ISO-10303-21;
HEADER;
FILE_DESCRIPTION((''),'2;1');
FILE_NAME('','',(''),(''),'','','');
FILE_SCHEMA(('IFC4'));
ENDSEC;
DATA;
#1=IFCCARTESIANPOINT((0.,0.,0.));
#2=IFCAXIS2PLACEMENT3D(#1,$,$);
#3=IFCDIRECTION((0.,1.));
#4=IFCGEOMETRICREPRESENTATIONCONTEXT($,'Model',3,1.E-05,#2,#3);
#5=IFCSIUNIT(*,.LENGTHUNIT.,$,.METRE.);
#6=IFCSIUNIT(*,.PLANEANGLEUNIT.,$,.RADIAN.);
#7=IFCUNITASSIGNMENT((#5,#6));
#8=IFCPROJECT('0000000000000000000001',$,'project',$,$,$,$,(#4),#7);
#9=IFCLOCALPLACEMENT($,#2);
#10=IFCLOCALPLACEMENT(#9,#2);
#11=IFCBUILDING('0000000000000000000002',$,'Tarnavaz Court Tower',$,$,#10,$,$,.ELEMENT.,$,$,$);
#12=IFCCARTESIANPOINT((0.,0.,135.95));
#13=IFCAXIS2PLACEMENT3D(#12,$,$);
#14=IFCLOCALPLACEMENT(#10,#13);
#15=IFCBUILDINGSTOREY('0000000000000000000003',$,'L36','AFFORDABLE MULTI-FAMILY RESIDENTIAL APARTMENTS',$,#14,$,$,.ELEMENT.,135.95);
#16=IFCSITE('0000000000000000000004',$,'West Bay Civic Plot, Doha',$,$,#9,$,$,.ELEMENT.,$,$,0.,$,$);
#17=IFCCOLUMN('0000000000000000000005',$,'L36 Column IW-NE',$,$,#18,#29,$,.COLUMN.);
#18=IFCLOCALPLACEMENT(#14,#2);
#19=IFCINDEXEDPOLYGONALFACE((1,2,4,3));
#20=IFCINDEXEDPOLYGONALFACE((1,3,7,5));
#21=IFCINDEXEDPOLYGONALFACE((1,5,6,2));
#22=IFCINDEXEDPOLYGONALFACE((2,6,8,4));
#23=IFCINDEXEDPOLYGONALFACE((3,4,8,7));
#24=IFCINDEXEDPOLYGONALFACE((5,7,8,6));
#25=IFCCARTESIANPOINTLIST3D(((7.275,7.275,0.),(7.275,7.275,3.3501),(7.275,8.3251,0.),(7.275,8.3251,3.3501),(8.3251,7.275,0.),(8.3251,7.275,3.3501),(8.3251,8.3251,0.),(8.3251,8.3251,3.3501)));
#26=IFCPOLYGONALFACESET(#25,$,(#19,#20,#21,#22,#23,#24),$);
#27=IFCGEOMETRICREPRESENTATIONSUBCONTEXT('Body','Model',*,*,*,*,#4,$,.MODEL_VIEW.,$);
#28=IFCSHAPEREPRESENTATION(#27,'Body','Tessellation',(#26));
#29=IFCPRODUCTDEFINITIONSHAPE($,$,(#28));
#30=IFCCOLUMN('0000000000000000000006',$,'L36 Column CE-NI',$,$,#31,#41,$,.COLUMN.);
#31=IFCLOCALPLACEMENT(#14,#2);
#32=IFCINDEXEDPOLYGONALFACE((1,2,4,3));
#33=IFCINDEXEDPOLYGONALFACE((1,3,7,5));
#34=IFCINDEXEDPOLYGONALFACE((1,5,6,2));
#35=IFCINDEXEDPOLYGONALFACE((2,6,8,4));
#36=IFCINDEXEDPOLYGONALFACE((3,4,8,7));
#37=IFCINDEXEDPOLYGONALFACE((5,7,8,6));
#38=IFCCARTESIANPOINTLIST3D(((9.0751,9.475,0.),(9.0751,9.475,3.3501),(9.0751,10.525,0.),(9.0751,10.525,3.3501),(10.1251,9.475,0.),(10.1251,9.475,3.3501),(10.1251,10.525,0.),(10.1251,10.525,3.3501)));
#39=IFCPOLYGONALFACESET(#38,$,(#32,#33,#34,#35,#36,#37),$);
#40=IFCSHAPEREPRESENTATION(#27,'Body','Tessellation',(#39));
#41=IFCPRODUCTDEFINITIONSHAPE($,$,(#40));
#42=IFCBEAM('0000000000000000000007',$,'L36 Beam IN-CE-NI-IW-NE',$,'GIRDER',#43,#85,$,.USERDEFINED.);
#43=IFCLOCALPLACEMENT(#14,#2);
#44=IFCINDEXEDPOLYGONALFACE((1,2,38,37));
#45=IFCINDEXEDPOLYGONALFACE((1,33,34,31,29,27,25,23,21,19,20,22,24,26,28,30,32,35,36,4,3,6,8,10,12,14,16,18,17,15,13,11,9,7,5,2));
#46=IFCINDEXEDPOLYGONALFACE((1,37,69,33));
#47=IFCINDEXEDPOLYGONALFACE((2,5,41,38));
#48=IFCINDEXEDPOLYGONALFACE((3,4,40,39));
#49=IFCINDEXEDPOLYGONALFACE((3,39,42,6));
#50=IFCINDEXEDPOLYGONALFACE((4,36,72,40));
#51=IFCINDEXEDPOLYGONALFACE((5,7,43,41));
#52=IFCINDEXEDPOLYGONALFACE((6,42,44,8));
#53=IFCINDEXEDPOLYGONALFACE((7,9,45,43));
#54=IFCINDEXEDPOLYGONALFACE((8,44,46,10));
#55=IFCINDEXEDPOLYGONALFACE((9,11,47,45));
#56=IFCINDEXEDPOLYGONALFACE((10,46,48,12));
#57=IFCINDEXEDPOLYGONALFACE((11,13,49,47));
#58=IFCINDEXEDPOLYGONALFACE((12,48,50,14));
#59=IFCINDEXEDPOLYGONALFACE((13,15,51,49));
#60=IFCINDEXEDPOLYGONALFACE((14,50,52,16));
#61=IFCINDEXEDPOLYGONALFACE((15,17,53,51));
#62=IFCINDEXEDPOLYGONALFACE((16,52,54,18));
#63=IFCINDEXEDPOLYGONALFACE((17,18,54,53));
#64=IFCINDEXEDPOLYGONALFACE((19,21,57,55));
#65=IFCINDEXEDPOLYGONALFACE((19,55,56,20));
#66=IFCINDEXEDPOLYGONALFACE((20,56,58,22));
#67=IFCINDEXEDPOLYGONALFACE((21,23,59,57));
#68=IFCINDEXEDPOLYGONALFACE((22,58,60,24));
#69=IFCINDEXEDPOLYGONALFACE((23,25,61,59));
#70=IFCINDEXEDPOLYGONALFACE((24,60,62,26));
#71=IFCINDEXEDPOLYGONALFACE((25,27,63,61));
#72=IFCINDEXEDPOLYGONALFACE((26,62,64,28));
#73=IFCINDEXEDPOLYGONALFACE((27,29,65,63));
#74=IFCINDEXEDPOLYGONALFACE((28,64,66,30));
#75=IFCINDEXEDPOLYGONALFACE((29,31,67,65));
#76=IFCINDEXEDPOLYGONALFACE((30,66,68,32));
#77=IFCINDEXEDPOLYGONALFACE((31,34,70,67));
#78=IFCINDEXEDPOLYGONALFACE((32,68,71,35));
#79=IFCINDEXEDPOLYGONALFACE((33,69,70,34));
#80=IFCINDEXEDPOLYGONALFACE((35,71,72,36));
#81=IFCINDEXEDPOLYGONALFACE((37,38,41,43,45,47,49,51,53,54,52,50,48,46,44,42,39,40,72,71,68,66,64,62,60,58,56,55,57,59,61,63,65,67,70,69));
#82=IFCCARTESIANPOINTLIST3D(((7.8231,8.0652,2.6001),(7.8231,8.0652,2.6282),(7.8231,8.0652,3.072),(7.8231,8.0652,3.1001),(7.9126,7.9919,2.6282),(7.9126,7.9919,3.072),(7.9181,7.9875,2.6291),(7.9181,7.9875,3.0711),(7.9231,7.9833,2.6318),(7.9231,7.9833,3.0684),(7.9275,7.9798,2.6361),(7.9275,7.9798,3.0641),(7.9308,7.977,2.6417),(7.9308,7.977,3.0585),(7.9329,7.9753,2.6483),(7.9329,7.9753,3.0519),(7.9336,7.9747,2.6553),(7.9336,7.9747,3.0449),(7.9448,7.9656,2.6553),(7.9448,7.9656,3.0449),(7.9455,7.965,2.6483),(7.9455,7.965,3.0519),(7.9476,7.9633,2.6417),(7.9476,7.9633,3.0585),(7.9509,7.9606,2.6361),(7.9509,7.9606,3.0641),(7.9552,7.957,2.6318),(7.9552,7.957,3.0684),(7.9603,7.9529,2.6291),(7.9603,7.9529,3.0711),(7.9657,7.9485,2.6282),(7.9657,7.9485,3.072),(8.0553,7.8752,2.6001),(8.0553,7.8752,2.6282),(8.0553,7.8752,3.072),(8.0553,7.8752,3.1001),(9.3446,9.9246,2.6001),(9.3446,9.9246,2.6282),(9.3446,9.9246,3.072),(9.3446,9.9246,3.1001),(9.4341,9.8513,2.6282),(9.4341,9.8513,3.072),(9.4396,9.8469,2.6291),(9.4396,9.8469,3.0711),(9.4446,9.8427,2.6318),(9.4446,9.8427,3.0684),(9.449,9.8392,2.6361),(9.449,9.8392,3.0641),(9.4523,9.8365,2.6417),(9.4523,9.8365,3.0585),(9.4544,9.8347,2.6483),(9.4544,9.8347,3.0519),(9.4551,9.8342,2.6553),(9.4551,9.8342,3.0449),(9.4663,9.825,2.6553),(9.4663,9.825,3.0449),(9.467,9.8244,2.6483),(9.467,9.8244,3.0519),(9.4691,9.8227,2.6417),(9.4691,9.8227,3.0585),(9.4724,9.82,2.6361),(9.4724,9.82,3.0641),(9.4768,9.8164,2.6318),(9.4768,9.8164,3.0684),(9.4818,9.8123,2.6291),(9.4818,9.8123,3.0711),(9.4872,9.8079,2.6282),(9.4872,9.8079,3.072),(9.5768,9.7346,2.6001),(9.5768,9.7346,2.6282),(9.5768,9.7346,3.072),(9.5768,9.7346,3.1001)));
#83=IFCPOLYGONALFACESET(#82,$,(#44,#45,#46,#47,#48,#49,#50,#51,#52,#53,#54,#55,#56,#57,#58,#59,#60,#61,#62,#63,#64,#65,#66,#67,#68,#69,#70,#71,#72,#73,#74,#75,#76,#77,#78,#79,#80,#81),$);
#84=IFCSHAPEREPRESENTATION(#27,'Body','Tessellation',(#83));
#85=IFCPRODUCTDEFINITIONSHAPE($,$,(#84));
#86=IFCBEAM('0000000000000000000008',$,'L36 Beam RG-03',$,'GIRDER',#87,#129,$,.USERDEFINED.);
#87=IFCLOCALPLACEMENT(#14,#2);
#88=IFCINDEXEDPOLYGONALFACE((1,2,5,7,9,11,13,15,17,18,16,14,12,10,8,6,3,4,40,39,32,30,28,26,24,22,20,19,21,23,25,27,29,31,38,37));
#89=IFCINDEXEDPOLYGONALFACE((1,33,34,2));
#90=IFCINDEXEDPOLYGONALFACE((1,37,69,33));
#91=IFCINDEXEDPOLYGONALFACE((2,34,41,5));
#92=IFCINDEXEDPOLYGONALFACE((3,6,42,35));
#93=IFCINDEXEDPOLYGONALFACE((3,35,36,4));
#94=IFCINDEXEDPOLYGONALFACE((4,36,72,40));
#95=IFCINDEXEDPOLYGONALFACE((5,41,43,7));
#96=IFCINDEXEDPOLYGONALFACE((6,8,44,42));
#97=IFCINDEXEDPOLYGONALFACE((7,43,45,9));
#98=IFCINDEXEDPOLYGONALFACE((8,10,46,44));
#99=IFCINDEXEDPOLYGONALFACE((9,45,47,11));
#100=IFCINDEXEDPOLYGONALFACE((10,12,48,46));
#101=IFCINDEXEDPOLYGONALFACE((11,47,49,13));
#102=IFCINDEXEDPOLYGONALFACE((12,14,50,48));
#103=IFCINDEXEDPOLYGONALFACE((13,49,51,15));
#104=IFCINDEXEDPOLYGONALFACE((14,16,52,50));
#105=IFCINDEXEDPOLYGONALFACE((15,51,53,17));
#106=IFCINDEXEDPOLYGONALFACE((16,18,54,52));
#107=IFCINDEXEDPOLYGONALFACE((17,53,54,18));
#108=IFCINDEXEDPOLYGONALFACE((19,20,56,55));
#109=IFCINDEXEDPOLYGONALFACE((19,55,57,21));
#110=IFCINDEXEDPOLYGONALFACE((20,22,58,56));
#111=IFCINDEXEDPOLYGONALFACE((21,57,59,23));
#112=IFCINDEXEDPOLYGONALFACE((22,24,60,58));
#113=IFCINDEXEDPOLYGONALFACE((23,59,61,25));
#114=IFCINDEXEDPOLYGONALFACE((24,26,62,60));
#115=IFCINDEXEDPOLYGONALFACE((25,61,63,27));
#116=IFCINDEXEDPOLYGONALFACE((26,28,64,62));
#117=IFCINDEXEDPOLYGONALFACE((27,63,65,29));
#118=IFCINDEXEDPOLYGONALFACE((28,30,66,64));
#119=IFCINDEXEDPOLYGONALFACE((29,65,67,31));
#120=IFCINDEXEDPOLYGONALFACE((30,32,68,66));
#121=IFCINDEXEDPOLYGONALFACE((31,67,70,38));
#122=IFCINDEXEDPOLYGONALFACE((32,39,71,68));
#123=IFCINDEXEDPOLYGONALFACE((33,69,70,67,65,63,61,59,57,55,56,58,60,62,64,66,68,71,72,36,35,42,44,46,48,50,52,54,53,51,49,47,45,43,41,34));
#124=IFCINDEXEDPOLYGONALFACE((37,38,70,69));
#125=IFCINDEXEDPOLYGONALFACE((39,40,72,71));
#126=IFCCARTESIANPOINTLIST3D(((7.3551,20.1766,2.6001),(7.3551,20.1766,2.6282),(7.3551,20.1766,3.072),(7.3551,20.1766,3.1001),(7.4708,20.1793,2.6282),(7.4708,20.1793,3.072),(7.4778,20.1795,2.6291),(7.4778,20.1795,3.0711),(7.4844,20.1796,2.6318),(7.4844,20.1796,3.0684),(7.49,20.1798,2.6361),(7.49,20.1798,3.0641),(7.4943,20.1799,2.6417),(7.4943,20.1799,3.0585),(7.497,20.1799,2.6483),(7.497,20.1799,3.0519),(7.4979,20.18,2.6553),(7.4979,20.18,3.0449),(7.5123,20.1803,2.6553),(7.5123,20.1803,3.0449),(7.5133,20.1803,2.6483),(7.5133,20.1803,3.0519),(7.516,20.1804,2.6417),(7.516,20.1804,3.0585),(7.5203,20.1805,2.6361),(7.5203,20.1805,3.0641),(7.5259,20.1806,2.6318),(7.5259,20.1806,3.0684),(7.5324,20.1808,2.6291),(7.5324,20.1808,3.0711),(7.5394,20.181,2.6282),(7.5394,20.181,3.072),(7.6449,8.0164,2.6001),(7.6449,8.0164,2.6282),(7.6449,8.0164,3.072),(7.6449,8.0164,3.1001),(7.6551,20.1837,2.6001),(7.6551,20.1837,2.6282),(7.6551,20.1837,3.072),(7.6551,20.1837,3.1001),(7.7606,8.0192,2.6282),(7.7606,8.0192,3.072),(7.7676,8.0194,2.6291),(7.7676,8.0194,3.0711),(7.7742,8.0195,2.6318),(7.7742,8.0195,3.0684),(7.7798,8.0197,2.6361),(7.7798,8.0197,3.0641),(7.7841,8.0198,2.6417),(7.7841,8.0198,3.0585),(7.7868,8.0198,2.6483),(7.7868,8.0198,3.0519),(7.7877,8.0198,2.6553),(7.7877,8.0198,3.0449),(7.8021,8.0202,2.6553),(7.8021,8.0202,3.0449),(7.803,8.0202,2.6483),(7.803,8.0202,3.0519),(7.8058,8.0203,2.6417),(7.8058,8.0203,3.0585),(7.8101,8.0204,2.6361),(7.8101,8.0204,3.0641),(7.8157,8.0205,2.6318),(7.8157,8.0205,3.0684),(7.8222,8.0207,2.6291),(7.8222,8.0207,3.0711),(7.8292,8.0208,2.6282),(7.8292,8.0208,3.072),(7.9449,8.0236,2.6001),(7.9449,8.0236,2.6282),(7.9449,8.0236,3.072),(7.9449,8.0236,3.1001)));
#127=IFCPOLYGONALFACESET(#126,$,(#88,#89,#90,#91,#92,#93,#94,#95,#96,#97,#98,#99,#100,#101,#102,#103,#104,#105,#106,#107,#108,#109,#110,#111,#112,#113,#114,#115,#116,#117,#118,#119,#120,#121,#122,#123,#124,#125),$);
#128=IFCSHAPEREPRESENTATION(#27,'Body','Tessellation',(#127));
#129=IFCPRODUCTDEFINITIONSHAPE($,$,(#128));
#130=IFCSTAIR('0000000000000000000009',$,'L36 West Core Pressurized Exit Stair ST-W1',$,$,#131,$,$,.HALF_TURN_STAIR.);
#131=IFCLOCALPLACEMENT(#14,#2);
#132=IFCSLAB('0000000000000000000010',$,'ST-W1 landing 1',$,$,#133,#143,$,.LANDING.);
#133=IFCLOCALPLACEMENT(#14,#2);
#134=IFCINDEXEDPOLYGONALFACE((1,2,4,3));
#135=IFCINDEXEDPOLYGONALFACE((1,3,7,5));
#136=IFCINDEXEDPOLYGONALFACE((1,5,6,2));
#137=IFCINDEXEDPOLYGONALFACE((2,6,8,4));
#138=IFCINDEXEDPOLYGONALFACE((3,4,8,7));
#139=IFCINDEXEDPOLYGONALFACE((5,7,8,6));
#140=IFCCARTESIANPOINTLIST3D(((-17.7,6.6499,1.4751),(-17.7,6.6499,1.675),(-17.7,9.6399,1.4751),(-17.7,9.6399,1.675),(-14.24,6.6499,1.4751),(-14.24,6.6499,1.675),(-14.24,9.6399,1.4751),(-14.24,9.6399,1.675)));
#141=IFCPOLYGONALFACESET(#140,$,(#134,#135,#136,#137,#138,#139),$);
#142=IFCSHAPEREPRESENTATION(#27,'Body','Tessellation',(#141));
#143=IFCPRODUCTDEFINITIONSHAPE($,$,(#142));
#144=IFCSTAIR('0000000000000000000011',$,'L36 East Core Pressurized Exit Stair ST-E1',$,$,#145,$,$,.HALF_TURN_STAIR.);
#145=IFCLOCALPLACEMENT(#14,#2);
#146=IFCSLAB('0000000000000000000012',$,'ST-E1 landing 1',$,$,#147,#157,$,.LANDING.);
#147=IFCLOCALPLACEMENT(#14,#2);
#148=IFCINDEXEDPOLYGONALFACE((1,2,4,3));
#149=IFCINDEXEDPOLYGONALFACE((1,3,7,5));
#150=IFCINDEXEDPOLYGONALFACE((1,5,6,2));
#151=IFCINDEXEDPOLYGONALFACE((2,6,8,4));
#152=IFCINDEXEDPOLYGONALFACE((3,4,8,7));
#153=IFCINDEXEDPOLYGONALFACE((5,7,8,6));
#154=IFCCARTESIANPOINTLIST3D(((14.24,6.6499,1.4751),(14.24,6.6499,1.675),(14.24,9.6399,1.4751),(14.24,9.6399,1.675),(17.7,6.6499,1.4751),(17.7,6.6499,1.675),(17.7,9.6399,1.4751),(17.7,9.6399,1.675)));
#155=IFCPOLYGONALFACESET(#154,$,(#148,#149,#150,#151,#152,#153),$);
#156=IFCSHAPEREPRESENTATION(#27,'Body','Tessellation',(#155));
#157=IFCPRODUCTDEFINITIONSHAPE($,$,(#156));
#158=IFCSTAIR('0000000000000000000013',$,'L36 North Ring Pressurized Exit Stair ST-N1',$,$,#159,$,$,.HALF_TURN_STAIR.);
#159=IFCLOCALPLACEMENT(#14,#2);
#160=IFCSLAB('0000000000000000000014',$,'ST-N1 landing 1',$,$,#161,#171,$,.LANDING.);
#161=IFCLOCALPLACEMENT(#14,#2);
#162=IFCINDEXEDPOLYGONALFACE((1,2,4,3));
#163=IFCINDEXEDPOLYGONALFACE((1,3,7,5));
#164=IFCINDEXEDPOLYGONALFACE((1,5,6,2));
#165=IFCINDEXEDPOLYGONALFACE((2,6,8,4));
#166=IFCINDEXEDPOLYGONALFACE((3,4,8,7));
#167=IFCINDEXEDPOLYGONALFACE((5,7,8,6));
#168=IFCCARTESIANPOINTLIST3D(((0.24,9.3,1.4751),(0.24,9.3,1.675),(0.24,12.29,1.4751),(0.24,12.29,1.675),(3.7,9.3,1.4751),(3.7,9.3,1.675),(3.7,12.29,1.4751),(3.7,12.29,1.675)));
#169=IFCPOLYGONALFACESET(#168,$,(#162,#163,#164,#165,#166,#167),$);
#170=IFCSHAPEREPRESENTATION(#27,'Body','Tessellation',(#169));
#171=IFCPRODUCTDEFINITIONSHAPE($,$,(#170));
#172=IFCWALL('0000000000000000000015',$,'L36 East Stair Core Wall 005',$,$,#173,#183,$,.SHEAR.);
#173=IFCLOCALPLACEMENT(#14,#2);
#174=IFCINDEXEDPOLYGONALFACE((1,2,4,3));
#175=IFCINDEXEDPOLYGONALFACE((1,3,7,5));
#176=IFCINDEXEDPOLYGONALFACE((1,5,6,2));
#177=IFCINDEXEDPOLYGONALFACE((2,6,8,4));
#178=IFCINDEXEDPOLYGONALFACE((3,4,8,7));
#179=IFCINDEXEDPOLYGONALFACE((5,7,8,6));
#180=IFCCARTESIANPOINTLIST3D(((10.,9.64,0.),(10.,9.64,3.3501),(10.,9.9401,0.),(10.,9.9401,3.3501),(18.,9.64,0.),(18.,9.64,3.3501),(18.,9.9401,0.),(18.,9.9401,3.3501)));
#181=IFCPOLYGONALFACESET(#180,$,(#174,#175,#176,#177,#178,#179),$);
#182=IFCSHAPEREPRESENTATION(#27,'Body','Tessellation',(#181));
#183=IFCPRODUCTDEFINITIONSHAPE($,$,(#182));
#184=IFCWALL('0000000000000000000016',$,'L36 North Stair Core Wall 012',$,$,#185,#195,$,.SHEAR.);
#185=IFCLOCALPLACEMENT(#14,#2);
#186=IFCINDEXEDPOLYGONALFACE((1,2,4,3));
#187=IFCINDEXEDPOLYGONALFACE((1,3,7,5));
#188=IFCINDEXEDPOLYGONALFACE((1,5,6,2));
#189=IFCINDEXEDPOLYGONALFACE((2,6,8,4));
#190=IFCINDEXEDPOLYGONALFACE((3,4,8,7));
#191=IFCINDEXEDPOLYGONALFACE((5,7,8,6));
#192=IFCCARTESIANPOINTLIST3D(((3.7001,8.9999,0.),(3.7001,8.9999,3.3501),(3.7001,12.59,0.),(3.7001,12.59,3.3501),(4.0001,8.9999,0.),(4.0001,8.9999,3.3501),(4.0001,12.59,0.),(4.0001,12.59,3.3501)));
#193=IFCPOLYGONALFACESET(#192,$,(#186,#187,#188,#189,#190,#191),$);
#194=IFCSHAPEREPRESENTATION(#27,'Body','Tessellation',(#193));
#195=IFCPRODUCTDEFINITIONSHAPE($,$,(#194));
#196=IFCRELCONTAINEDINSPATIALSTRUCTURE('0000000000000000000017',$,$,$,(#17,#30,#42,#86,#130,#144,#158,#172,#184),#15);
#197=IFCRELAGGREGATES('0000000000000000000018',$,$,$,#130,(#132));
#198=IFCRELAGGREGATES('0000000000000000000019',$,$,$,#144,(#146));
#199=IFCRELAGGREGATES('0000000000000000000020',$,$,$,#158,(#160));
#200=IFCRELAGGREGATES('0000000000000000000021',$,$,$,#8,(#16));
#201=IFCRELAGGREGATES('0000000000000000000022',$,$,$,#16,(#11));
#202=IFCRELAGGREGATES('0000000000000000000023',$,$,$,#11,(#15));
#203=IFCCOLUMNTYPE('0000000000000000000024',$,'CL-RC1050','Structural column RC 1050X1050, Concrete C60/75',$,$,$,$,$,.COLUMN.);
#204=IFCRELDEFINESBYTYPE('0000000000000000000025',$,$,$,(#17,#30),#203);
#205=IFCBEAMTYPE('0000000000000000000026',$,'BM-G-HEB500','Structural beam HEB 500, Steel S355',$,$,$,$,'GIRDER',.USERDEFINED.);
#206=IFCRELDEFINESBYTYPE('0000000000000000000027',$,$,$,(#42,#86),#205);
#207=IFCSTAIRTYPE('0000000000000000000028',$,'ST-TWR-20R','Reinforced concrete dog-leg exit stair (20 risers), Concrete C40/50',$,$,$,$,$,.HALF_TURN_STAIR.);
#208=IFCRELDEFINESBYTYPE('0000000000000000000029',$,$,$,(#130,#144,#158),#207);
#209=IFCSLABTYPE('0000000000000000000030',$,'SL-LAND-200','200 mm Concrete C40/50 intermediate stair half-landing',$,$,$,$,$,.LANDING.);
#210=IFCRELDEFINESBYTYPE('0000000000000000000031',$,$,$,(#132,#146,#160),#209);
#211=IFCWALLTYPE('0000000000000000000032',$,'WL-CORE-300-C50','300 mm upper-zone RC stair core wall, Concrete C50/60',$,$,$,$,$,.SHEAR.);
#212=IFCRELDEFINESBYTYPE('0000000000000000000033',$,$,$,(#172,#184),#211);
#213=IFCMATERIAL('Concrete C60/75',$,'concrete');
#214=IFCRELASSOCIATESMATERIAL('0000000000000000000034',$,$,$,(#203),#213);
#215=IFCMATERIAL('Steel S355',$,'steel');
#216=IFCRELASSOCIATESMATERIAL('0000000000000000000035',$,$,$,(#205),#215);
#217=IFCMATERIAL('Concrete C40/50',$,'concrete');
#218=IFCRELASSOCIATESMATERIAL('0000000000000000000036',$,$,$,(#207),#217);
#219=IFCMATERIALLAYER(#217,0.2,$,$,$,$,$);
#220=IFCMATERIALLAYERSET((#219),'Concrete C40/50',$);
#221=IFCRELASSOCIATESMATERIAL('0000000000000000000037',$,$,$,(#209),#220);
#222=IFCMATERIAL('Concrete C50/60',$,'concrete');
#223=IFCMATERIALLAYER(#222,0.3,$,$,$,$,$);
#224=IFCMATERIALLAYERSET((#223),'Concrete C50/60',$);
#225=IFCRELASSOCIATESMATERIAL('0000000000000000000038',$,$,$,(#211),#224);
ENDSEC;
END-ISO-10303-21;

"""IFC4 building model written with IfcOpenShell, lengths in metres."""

from ifc_helpers import new_model, si_unit, direction, frame, frame_2d, origin, origin_2d, place, context, subcontext, project, spatial, polyline, rectangle, i_section, outline, extrude, material, layer, layer_set, material_profile, profile_set, type_object, element, aggregate, save


model = new_model("IFC4")

# Units and contexts
model_context = context("Model", 3, precision=1e-05, world=origin(), true_north=direction((0.0, 1.0)))
body_context = subcontext(model_context, "Body", "Model", "MODEL_VIEW")
ifc_project = project(units=[si_unit("LENGTHUNIT", "METRE"), si_unit("PLANEANGLEUNIT", "RADIAN")], contexts=[model_context])

# Site, building, storey
site_placement = place(None, origin())
site = spatial("IfcSite", under=ifc_project, at=site_placement, Name="West Bay Civic Plot, Doha", CompositionType="ELEMENT", RefElevation=0.0)
building_placement = place(site_placement, origin())
building = spatial("IfcBuilding", under=site, at=building_placement, Name="Tarnavaz Court Tower", CompositionType="ELEMENT")
storey_placement = place(building_placement, frame((0.0, 0.0, 135.95)))
storey = spatial("IfcBuildingStorey", under=building, at=storey_placement, Name="L36", Description="AFFORDABLE MULTI-FAMILY RESIDENTIAL APARTMENTS", CompositionType="ELEMENT", Elevation=135.95)

# Columns
ifc_material_1 = material(Name="Concrete C60/75", Category="concrete")
ifc_material_profile_1 = material_profile(ifc_material_1, rectangle(XDim=1.05, YDim=1.05, at=origin_2d()), Name="RC 1050X1050")
ifc_profile_set_1 = profile_set([ifc_material_profile_1], Name="Concrete C60/75")
column_type = type_object("IfcColumnType", Name="CL-RC1050", Description="Structural column RC 1050X1050, Concrete C60/75", PredefinedType="COLUMN", material=ifc_profile_set_1)
for number, where, z_axis, x_axis, name in (
    (1, (7.8, 7.8, 0.0), (0.0, 0.0, 1.0), (1.0, 0.0, 0.0), "L36 Column IW-NE"),
    (2, (9.6001, 10.0, 0.0), (0.0, 0.0, 1.0), (1.0, 0.0, 0.0), "L36 Column CE-NI"),
):
    element("IfcColumn", number, at=place(storey_placement, frame(where, z_axis=z_axis, x_axis=x_axis)), inside=storey, type_object=column_type, Name=name, PredefinedType="COLUMN", context=body_context, shape_type="SweptSolid", body=[
        extrude(rectangle(XDim=1.05, YDim=1.05, at=origin_2d()), origin(), (0.0, 0.0, 1.0), 3.3501),
    ])

# Beams
ifc_material_2 = material(Name="Steel S355", Category="steel")
ifc_material_profile_2 = material_profile(ifc_material_2, i_section(OverallWidth=0.3, OverallDepth=0.5, WebThickness=0.0144, FlangeThickness=0.0281, FilletRadius=0.0271, at=origin_2d()), Name="HEB 500")
ifc_profile_set_2 = profile_set([ifc_material_profile_2], Name="Steel S355")
beam_type = type_object("IfcBeamType", Name="BM-G-HEB500", Description="Structural beam HEB 500, Steel S355", ElementType="GIRDER", PredefinedType="USERDEFINED", material=ifc_profile_set_2)
beam_1_placement = place(storey_placement, frame((9.4607, 9.8296, 2.8501), z_axis=(-0.633282, -0.773921, 0.0), x_axis=(0.773921, -0.633282, 0.0)))
element("IfcBeam", 3, at=beam_1_placement, inside=storey, type_object=beam_type, Name="L36 Beam IN-CE-NI-IW-NE", ObjectType="GIRDER", PredefinedType="USERDEFINED", context=body_context, shape_type="SweptSolid", body=[
    extrude(i_section(OverallWidth=0.3, OverallDepth=0.5, WebThickness=0.0144, FlangeThickness=0.0281, FilletRadius=0.0271, at=origin_2d()), origin(), (0.0, 0.0, 1.0), 2.4026),
])
beam_2_placement = place(storey_placement, frame((7.7949, 8.02, 2.8501), z_axis=(-0.023825, 0.999716, 0.0), x_axis=(-0.999716, -0.023825, 0.0)))
element("IfcBeam", 4, at=beam_2_placement, inside=storey, type_object=beam_type, Name="L36 Beam RG-03", ObjectType="GIRDER", PredefinedType="USERDEFINED", context=body_context, shape_type="SweptSolid", body=[
    extrude(i_section(OverallWidth=0.3, OverallDepth=0.5, WebThickness=0.0144, FlangeThickness=0.0281, FilletRadius=0.0271, at=origin_2d()), origin(), (0.0, 0.0, 1.0), 12.1636),
])

# Stairs, slabs
ifc_material_3 = material(Name="Concrete C40/50", Category="concrete")
stair_type = type_object("IfcStairType", Name="ST-TWR-20R", Description="Reinforced concrete dog-leg exit stair (20 risers), Concrete C40/50", PredefinedType="HALF_TURN_STAIR", material=ifc_material_3)
stair_1_placement = place(storey_placement, origin())
stair_1 = element("IfcStair", 5, at=stair_1_placement, inside=storey, type_object=stair_type, Name="L36 West Core Pressurized Exit Stair ST-W1", PredefinedType="HALF_TURN_STAIR")
ifc_layer_1 = layer(ifc_material_3, 0.2)
ifc_layer_set_1 = layer_set([ifc_layer_1], Name="Concrete C40/50")
slab_type = type_object("IfcSlabType", Name="SL-LAND-200", Description="200 mm Concrete C40/50 intermediate stair half-landing", PredefinedType="LANDING", material=ifc_layer_set_1)
slab_1_placement = place(storey_placement, frame((0.0, 0.0, 1.4751)))
slab_1 = element("IfcSlab", 6, at=slab_1_placement, type_object=slab_type, Name="ST-W1 landing 1", PredefinedType="LANDING", context=body_context, shape_type="SweptSolid", body=[
    extrude(outline(polyline([(-14.24, 9.6399), (-17.7, 9.6399), (-17.7, 6.6499), (-14.24, 6.6499), (-14.24, 9.6399)])), origin(), (0.0, 0.0, 1.0), 0.2),
])
aggregate(stair_1, [slab_1])
stair_2_placement = place(storey_placement, origin())
stair_2 = element("IfcStair", 7, at=stair_2_placement, inside=storey, type_object=stair_type, Name="L36 East Core Pressurized Exit Stair ST-E1", PredefinedType="HALF_TURN_STAIR")
slab_2_placement = place(storey_placement, frame((0.0, 0.0, 1.4751)))
slab_2 = element("IfcSlab", 8, at=slab_2_placement, type_object=slab_type, Name="ST-E1 landing 1", PredefinedType="LANDING", context=body_context, shape_type="SweptSolid", body=[
    extrude(outline(polyline([(14.24, 6.6499), (17.7, 6.6499), (17.7, 9.6399), (14.24, 9.6399), (14.24, 6.6499)])), origin(), (0.0, 0.0, 1.0), 0.2),
])
aggregate(stair_2, [slab_2])
stair_3_placement = place(storey_placement, origin())
stair_3 = element("IfcStair", 9, at=stair_3_placement, inside=storey, type_object=stair_type, Name="L36 North Ring Pressurized Exit Stair ST-N1", PredefinedType="HALF_TURN_STAIR")
slab_3_placement = place(storey_placement, frame((0.0, 0.0, 1.4751)))
slab_3 = element("IfcSlab", 10, at=slab_3_placement, type_object=slab_type, Name="ST-N1 landing 1", PredefinedType="LANDING", context=body_context, shape_type="SweptSolid", body=[
    extrude(outline(polyline([(0.24, 9.3), (3.7, 9.3), (3.7, 12.29), (0.24, 12.29), (0.24, 9.3)])), origin(), (0.0, 0.0, 1.0), 0.2),
])

# Wall
ifc_material_4 = material(Name="Concrete C50/60", Category="concrete")
ifc_layer_2 = layer(ifc_material_4, 0.3)
ifc_layer_set_2 = layer_set([ifc_layer_2], Name="Concrete C50/60")
wall_type_1 = type_object("IfcWallType", Name="WL-CORE-300-C50", Description="300 mm upper-zone RC stair core wall, Concrete C50/60", PredefinedType="SHEAR", material=ifc_layer_set_2)
wall_1_placement = place(storey_placement, frame((10.0, 9.79, 0.0), z_axis=(0.0, 0.0, 1.0), x_axis=(1.0, 0.0, 0.0)))
element("IfcWall", 11, at=wall_1_placement, inside=storey, type_object=wall_type_1, Name="L36 East Stair Core Wall 005", PredefinedType="SHEAR", context=body_context, shape_type="SweptSolid", body=[
    extrude(rectangle(XDim=8.0, YDim=0.3, at=frame_2d((4.0, 0.0))), origin(), (0.0, 0.0, 1.0), 3.3501),
])

# Wall
wall_2_placement = place(storey_placement, frame((3.8501, 9.0, 0.0), z_axis=(0.0, 0.0, 1.0), x_axis=(0.0, 1.0, 0.0)))
element("IfcWall", 12, at=wall_2_placement, inside=storey, type_object=wall_type_1, Name="L36 North Stair Core Wall 012", PredefinedType="SHEAR", context=body_context, shape_type="SweptSolid", body=[
    extrude(rectangle(XDim=3.5901, YDim=0.3, at=frame_2d((1.7949, 0.0))), origin(), (0.0, 0.0, 1.0), 3.3501),
])

aggregate(stair_3, [slab_3])

save(model, "model.ifc")
